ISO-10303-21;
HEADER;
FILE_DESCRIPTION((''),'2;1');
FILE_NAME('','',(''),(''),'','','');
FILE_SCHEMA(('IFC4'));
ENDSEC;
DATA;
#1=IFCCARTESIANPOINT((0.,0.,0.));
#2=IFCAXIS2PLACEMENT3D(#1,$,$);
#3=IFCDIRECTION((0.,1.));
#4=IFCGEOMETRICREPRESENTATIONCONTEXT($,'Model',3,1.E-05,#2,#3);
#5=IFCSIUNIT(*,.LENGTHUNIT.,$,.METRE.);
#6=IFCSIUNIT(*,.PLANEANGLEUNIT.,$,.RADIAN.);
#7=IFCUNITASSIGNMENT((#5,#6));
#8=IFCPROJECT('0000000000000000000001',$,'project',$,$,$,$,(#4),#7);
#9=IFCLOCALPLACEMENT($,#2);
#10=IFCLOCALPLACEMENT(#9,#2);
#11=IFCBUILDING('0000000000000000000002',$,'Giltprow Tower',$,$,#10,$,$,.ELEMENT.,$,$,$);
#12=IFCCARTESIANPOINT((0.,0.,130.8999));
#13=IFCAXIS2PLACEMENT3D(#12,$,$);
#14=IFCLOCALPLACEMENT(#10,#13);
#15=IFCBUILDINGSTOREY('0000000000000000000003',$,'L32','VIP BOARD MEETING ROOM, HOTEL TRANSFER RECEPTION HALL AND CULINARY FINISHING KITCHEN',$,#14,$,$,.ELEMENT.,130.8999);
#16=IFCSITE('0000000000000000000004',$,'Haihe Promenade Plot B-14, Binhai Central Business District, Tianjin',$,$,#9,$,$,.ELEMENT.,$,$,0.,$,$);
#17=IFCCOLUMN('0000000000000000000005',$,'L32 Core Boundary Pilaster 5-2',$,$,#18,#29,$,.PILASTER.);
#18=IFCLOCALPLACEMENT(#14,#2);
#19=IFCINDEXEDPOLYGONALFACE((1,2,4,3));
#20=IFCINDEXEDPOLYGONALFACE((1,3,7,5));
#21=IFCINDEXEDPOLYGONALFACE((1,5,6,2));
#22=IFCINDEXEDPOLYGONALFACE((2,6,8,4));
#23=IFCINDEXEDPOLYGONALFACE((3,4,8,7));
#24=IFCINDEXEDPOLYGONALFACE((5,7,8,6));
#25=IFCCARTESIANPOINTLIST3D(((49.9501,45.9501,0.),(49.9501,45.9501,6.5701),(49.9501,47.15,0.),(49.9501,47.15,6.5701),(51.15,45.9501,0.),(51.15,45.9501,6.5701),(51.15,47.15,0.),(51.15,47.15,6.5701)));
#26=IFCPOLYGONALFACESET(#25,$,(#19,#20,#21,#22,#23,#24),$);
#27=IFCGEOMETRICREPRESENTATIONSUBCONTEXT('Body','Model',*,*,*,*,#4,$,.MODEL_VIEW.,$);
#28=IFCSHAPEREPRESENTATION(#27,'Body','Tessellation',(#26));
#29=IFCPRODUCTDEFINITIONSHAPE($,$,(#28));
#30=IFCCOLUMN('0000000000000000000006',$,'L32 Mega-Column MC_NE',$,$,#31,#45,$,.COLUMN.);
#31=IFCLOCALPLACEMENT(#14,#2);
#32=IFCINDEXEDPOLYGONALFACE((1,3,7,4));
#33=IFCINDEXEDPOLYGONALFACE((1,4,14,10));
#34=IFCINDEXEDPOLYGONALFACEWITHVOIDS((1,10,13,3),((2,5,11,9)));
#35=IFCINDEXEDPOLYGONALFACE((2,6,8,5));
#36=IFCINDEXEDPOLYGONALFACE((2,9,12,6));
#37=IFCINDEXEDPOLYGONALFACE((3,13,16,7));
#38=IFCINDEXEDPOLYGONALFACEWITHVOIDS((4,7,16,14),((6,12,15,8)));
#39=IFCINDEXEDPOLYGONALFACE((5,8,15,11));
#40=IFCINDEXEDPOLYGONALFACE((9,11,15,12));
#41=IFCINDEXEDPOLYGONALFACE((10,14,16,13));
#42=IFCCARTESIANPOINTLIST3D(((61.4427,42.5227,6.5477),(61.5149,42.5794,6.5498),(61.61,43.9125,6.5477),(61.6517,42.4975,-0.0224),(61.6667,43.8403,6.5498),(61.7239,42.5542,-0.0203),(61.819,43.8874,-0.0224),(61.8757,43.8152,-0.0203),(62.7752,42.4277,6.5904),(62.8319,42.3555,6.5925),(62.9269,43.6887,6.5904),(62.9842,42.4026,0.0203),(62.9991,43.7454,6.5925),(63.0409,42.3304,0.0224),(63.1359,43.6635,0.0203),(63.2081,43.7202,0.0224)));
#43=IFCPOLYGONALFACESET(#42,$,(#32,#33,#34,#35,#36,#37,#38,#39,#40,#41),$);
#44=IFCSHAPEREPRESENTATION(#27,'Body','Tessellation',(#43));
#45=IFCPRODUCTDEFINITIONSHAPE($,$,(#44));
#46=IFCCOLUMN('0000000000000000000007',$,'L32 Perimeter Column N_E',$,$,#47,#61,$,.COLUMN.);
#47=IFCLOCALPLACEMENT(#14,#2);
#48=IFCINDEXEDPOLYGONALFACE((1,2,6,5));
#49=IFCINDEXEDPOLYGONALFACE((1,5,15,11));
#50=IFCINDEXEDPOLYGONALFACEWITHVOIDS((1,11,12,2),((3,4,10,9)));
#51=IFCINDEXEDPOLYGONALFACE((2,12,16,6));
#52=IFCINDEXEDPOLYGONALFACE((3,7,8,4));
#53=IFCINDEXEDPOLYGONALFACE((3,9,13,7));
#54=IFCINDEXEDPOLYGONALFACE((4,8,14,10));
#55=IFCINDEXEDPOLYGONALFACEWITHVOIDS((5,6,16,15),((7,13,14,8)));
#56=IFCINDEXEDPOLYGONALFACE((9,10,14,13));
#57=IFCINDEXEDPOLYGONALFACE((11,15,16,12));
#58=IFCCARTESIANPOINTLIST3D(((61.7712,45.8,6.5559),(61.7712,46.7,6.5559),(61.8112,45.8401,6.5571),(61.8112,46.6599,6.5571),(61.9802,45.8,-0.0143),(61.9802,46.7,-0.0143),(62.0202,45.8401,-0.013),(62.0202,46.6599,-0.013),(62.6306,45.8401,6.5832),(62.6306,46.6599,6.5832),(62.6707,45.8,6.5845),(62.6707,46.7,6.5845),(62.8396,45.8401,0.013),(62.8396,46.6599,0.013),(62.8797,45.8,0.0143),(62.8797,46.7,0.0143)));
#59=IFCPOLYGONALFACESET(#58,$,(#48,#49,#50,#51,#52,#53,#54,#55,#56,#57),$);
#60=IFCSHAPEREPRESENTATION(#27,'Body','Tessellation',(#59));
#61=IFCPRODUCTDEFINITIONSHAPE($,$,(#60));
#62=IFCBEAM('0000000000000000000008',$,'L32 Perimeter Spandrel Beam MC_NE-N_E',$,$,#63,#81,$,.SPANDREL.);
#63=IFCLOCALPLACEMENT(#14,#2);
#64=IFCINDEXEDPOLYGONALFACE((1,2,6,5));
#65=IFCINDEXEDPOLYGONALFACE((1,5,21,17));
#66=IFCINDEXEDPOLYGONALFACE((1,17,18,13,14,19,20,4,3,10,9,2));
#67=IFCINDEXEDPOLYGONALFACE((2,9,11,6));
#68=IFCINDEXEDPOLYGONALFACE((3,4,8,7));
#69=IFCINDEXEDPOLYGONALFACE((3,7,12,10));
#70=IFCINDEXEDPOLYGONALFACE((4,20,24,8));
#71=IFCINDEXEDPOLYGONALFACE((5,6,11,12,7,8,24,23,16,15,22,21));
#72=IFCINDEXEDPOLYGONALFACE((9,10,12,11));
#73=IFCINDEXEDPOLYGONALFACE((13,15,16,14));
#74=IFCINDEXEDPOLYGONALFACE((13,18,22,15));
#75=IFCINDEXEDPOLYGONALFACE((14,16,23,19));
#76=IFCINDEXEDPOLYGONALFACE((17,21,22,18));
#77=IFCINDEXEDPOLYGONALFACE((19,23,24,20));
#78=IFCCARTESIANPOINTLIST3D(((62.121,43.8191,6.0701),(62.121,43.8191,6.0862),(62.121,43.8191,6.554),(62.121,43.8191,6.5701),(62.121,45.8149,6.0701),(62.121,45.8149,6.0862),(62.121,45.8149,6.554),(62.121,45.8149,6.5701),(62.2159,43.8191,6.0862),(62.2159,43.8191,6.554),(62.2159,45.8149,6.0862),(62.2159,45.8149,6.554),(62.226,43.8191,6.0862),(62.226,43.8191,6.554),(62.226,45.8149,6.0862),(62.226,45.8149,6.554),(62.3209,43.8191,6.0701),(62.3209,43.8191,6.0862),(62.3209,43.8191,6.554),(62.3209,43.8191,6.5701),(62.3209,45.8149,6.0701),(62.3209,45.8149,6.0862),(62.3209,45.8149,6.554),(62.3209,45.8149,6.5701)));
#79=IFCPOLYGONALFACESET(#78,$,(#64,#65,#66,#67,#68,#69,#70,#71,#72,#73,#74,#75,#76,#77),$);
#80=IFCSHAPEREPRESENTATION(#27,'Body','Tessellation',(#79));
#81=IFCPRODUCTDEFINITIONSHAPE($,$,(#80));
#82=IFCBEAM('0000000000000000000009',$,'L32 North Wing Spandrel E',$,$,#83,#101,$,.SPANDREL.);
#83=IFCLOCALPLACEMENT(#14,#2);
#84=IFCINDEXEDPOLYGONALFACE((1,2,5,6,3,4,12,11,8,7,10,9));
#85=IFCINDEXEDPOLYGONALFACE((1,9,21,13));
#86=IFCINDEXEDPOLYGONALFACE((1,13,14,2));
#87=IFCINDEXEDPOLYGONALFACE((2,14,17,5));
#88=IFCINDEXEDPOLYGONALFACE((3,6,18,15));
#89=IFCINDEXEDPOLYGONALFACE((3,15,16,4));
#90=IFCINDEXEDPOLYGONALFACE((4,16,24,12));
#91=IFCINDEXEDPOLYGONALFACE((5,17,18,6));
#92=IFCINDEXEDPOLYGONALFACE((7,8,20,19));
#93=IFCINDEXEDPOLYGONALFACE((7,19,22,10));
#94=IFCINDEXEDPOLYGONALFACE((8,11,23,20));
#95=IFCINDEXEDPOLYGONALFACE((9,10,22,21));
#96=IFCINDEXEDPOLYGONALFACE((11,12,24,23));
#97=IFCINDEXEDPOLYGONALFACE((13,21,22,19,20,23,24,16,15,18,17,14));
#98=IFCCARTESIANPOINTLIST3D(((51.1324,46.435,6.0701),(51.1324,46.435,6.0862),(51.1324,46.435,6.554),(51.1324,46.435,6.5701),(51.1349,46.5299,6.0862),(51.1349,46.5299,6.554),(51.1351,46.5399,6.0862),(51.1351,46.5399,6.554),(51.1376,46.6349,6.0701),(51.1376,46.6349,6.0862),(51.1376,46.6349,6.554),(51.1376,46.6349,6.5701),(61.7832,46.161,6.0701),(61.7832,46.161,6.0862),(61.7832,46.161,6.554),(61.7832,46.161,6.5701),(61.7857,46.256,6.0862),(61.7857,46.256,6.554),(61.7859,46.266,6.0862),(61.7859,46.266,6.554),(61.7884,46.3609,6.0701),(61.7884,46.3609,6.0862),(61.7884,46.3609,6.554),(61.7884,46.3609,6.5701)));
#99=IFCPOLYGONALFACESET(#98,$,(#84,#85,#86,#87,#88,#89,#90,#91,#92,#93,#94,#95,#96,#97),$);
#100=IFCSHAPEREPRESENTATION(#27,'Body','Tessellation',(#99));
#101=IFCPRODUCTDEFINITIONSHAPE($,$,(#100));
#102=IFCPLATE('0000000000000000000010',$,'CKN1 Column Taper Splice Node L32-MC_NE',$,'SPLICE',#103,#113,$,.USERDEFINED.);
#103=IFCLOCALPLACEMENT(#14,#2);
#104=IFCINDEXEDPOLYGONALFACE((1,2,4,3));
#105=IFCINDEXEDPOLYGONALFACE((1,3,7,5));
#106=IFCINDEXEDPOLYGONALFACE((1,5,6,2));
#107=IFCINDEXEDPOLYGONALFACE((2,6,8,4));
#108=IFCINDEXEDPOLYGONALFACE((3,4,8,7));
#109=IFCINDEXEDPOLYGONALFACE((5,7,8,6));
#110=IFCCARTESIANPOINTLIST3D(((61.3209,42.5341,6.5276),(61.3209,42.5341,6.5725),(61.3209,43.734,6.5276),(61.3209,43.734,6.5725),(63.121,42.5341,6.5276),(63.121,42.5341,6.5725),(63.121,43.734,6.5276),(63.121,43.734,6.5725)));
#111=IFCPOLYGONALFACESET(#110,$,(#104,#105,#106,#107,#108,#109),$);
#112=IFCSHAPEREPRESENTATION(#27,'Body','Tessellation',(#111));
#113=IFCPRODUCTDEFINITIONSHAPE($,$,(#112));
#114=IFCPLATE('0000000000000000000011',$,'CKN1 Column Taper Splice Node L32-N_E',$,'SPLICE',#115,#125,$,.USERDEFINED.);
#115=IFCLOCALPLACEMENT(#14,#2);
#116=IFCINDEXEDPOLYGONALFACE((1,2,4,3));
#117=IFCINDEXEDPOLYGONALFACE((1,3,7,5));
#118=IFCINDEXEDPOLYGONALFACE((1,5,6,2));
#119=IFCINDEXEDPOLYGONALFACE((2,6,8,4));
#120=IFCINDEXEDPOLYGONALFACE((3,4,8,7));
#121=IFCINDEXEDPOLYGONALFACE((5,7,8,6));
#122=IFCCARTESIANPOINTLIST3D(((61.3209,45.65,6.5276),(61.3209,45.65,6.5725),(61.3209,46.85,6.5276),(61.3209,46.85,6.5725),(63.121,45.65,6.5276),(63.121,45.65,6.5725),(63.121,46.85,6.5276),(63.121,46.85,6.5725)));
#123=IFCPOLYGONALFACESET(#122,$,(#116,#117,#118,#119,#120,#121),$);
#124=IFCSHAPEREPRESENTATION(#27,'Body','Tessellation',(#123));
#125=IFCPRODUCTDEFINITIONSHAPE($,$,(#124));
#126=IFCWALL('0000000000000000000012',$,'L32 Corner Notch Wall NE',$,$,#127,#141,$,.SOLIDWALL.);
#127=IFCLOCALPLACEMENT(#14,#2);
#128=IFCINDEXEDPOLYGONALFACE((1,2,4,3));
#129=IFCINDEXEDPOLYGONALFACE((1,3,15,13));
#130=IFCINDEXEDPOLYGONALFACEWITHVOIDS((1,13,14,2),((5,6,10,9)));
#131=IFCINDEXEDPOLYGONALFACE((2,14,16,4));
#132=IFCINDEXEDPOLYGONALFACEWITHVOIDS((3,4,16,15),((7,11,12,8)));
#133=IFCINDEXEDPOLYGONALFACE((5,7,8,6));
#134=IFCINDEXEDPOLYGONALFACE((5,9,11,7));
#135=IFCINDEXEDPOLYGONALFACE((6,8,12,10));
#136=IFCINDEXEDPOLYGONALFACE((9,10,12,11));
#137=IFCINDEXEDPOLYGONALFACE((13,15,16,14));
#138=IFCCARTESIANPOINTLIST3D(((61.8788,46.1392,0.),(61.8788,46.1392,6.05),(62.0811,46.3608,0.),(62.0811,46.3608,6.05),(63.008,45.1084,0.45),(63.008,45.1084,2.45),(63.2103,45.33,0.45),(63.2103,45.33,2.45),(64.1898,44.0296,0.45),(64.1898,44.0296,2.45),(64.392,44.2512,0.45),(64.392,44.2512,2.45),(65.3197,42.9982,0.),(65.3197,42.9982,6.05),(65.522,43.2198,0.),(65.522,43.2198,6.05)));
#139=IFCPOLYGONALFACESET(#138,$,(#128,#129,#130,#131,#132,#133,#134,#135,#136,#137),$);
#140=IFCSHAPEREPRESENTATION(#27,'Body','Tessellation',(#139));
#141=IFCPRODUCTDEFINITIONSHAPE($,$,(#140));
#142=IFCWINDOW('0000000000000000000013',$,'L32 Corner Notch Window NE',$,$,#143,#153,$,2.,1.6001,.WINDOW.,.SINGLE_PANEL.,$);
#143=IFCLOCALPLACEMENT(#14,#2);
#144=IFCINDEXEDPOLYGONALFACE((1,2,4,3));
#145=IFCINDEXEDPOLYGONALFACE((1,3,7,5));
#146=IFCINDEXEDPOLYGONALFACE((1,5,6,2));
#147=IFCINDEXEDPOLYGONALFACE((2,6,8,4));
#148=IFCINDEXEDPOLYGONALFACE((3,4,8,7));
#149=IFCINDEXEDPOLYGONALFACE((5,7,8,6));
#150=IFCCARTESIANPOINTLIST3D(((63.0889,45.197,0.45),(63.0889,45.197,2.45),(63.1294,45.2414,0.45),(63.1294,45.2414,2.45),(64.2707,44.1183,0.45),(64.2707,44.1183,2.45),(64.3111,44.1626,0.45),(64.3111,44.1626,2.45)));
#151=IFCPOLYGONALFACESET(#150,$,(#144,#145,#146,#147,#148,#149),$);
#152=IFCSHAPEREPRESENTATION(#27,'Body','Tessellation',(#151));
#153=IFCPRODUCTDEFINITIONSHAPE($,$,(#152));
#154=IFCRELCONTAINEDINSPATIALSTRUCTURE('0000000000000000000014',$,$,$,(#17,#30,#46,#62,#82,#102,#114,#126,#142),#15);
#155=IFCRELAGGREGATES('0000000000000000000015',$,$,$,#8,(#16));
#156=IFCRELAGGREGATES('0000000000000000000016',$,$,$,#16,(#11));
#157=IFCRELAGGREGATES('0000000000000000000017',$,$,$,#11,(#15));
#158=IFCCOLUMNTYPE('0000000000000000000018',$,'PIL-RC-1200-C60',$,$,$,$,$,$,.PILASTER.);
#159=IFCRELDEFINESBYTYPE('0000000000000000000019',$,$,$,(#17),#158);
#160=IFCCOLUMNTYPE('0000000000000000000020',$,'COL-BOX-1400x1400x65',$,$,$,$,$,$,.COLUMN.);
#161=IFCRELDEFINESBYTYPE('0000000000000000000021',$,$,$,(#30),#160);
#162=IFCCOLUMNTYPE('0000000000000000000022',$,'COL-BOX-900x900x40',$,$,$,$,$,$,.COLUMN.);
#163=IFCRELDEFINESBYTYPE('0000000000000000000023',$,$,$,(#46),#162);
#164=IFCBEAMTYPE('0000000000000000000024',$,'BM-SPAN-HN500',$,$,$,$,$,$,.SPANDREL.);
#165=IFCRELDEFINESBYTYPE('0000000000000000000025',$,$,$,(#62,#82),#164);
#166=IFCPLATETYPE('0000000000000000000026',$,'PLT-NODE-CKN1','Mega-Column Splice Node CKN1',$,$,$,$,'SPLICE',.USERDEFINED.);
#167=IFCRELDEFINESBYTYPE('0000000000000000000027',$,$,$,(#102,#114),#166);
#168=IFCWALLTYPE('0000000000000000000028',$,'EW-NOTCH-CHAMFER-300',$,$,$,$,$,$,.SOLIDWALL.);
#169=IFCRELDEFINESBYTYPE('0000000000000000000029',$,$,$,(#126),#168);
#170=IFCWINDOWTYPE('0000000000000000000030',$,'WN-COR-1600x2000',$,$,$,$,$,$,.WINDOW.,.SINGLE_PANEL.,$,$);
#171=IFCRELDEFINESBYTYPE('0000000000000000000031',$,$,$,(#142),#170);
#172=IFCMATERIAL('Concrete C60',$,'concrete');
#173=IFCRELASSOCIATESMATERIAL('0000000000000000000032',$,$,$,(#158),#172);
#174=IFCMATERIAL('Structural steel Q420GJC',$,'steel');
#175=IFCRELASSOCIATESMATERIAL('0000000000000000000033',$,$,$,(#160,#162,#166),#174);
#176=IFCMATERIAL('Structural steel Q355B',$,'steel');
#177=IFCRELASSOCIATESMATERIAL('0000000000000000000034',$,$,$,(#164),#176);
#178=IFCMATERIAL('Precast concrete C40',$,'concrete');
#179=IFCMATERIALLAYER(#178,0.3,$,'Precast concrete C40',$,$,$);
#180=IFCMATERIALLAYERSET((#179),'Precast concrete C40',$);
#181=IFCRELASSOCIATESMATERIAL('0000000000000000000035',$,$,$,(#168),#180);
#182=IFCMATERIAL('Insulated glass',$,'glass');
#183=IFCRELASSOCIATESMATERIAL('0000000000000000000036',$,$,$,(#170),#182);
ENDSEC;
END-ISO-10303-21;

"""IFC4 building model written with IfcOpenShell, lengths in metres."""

from ifc_helpers import new_model, si_unit, direction, frame, frame_2d, origin, origin_2d, place, context, subcontext, project, spatial, rectangle, hollow_rectangle, i_section, extrude, source, transform, mapped, material, layer, layer_set, material_profile, profile_set, type_object, element, fill, save


model = new_model("IFC4")

# Units and contexts
model_context = context("Model", 3, precision=1e-05, world=origin(), true_north=direction((0.0, 1.0)))
body_context = subcontext(model_context, "Body", "Model", "MODEL_VIEW")
ifc_project = project(units=[si_unit("LENGTHUNIT", "METRE"), si_unit("PLANEANGLEUNIT", "RADIAN")], contexts=[model_context])

# Site, building, storey
site_placement = place(None, origin())
site = spatial("IfcSite", under=ifc_project, at=site_placement, Name="Haihe Promenade Plot B-14, Binhai Central Business District, Tianjin", CompositionType="ELEMENT", RefElevation=0.0)
building_placement = place(site_placement, origin())
building = spatial("IfcBuilding", under=site, at=building_placement, Name="Giltprow Tower", CompositionType="ELEMENT")
storey_placement = place(building_placement, frame((0.0, 0.0, 130.8999)))
storey = spatial("IfcBuildingStorey", under=building, at=storey_placement, Name="L32", Description="VIP BOARD MEETING ROOM, HOTEL TRANSFER RECEPTION HALL AND CULINARY FINISHING KITCHEN", CompositionType="ELEMENT", Elevation=130.8999)

# Columns
ifc_material_1 = material(Name="Concrete C60", Category="concrete")
ifc_material_profile_1 = material_profile(ifc_material_1, rectangle(XDim=1.2, YDim=1.2, at=origin_2d()), Name="RC 1200x1200")
ifc_profile_set_1 = profile_set([ifc_material_profile_1], Name="Concrete C60")
column_type_1 = type_object("IfcColumnType", Name="PIL-RC-1200-C60", PredefinedType="PILASTER", material=ifc_profile_set_1)
shared_shape_1 = source(origin(), body_context, "Body", "SweptSolid", [
    extrude(rectangle(XDim=1.2, YDim=1.2, at=origin_2d()), origin(), (0.0, 0.0, 1.0), 6.5701),
])
column_1_placement = place(storey_placement, frame((50.55, 46.55, 0.0), z_axis=(0.0, 0.0, 1.0), x_axis=(1.0, 0.0, 0.0)))
element("IfcColumn", 1, at=column_1_placement, inside=storey, type_object=column_type_1, Name="L32 Core Boundary Pilaster 5-2", PredefinedType="PILASTER", context=body_context, shape_type="MappedRepresentation", body=[
    mapped(shared_shape_1, transform((0.0, 0.0, 0.0), x_axis=(1.0, 0.0, 0.0), y_axis=(0.0, 1.0, 0.0), z_axis=(0.0, 0.0, 1.0), scale=1.0)),
])
ifc_material_2 = material(Name="Structural steel Q420GJC", Category="steel")
ifc_material_profile_2 = material_profile(ifc_material_2, hollow_rectangle(XDim=1.3999, YDim=1.3999, WallThickness=0.0649, at=origin_2d()), Name="BOX 1400x1400x65")
ifc_profile_set_2 = profile_set([ifc_material_profile_2], Name="Structural steel Q420GJC")
column_type_2 = type_object("IfcColumnType", Name="COL-BOX-1400x1400x65", PredefinedType="COLUMN", material=ifc_profile_set_2)
shared_shape_2 = source(origin(), body_context, "Body", "SweptSolid", [
    extrude(hollow_rectangle(XDim=1.3999, YDim=1.3999, WallThickness=0.0649, at=origin_2d()), origin(), (0.0, 0.0, 1.0), 6.5735),
])
column_2_placement = place(storey_placement, frame((62.4299, 43.1089, 0.0), z_axis=(-0.031792, 0.003825, 0.999487), x_axis=(-0.119465, -0.992838, 0.0)))
element("IfcColumn", 2, at=column_2_placement, inside=storey, type_object=column_type_2, Name="L32 Mega-Column MC_NE", PredefinedType="COLUMN", context=body_context, shape_type="MappedRepresentation", body=[
    mapped(shared_shape_2, transform((0.0, 0.0, 0.0), x_axis=(1.0, 0.0, 0.0), y_axis=(0.0, 1.0, 0.0), z_axis=(0.0, 0.0, 1.0), scale=1.0)),
])
ifc_material_profile_3 = material_profile(ifc_material_2, hollow_rectangle(XDim=0.8999, YDim=0.8999, WallThickness=0.04, at=origin_2d()), Name="BOX 900x900x40")
ifc_profile_set_3 = profile_set([ifc_material_profile_3], Name="Structural steel Q420GJC")
column_type_3 = type_object("IfcColumnType", Name="COL-BOX-900x900x40", PredefinedType="COLUMN", material=ifc_profile_set_3)
shared_shape_3 = source(origin(), body_context, "Body", "SweptSolid", [
    extrude(hollow_rectangle(XDim=0.8999, YDim=0.8999, WallThickness=0.04, at=origin_2d()), origin(), (0.0, 0.0, 1.0), 6.5735),
])
column_3_placement = place(storey_placement, frame((62.4299, 46.25, 0.0), z_axis=(-0.031792, 0.0, 0.999494), x_axis=(0.0, -1.0, 0.0)))
element("IfcColumn", 3, at=column_3_placement, inside=storey, type_object=column_type_3, Name="L32 Perimeter Column N_E", PredefinedType="COLUMN", context=body_context, shape_type="MappedRepresentation", body=[
    mapped(shared_shape_3, transform((0.0, 0.0, 0.0), x_axis=(1.0, 0.0, 0.0), y_axis=(0.0, 1.0, 0.0), z_axis=(0.0, 0.0, 1.0), scale=1.0)),
])

# Beams
ifc_material_3 = material(Name="Structural steel Q355B", Category="steel")
ifc_material_profile_4 = material_profile(ifc_material_3, i_section(OverallWidth=0.2, OverallDepth=0.5, WebThickness=0.01, FlangeThickness=0.0161, at=origin_2d()), Name="HN 500x200x10x16")
ifc_profile_set_4 = profile_set([ifc_material_profile_4], Name="Structural steel Q355B")
beam_type = type_object("IfcBeamType", Name="BM-SPAN-HN500", PredefinedType="SPANDREL", material=ifc_profile_set_4)
shared_shape_4 = source(origin(), body_context, "Body", "SweptSolid", [
    extrude(i_section(OverallWidth=0.2, OverallDepth=0.5, WebThickness=0.01, FlangeThickness=0.0161, at=origin_2d()), origin(), (0.0, 0.0, 1.0), 1.9958),
])
beam_1_placement = place(storey_placement, frame((62.2209, 43.8191, 6.3201), z_axis=(0.0, 1.0, 0.0), x_axis=(-1.0, 0.0, 0.0)))
element("IfcBeam", 4, at=beam_1_placement, inside=storey, type_object=beam_type, Name="L32 Perimeter Spandrel Beam MC_NE-N_E", PredefinedType="SPANDREL", context=body_context, shape_type="MappedRepresentation", body=[
    mapped(shared_shape_4, transform((0.0, 0.0, 0.0), x_axis=(1.0, 0.0, 0.0), y_axis=(0.0, 1.0, 0.0), z_axis=(0.0, 0.0, 1.0), scale=1.0)),
])
shared_shape_5 = source(origin(), body_context, "Body", "SweptSolid", [
    extrude(i_section(OverallWidth=0.2, OverallDepth=0.5, WebThickness=0.01, FlangeThickness=0.0161, at=origin_2d()), origin(), (0.0, 0.0, 1.0), 10.6543),
])
beam_2_placement = place(storey_placement, frame((51.135, 46.5349, 6.3201), z_axis=(0.999669, -0.02571, 0.0), x_axis=(0.02571, 0.999669, 0.0)))
element("IfcBeam", 5, at=beam_2_placement, inside=storey, type_object=beam_type, Name="L32 North Wing Spandrel E", PredefinedType="SPANDREL", context=body_context, shape_type="MappedRepresentation", body=[
    mapped(shared_shape_5, transform((0.0, 0.0, 0.0), x_axis=(1.0, 0.0, 0.0), y_axis=(0.0, 1.0, 0.0), z_axis=(0.0, 0.0, 1.0), scale=1.0)),
])

# Plates
plate_type = type_object("IfcPlateType", Name="PLT-NODE-CKN1", Description="Mega-Column Splice Node CKN1", ElementType="SPLICE", PredefinedType="USERDEFINED", material=ifc_material_2)
shared_shape_6 = source(origin(), body_context, "Body", "SweptSolid", [
    extrude(rectangle(XDim=1.8, YDim=1.2, at=origin_2d()), origin(), (0.0, 0.0, 1.0), 0.0449),
])
for number, where, z_axis, x_axis, name in (
    (6, (62.2209, 43.134, 6.5276), (0.0, 0.0, 1.0), (1.0, 0.0, 0.0), "CKN1 Column Taper Splice Node L32-MC_NE"),
    (7, (62.2209, 46.25, 6.5276), (0.0, 0.0, 1.0), (1.0, 0.0, 0.0), "CKN1 Column Taper Splice Node L32-N_E"),
):
    element("IfcPlate", number, at=place(storey_placement, frame(where, z_axis=z_axis, x_axis=x_axis)), inside=storey, type_object=plate_type, Name=name, ObjectType="SPLICE", PredefinedType="USERDEFINED", context=body_context, shape_type="MappedRepresentation", body=[
        mapped(shared_shape_6, transform((0.0, 0.0, 0.0), x_axis=(1.0, 0.0, 0.0), y_axis=(0.0, 1.0, 0.0), z_axis=(0.0, 0.0, 1.0), scale=1.0)),
    ])

# Wall, opening, window
ifc_material_4 = material(Name="Precast concrete C40", Category="concrete")
ifc_layer_1 = layer(ifc_material_4, 0.3, Name="Precast concrete C40")
ifc_layer_set_1 = layer_set([ifc_layer_1], Name="Precast concrete C40")
wall_type_1 = type_object("IfcWallType", Name="EW-NOTCH-CHAMFER-300", PredefinedType="SOLIDWALL", material=ifc_layer_set_1)
wall_1_placement = place(storey_placement, frame((65.4209, 43.1089, 0.0), z_axis=(0.0, 0.0, 1.0), x_axis=(-0.738549, 0.6742, 0.0)))
wall_1 = element("IfcWall", 8, at=wall_1_placement, inside=storey, type_object=wall_type_1, Name="L32 Corner Notch Wall NE", PredefinedType="SOLIDWALL", context=body_context, shape_type="SweptSolid", body=[
    extrude(rectangle(XDim=4.6589, YDim=0.3, at=frame_2d((2.3296, 0.0))), origin(), (0.0, 0.0, 1.0), 6.05),
])
opening_1_placement = place(wall_1_placement, frame((1.53, 0.0, 0.45)))
opening_1 = element("IfcOpeningElement", 9, at=opening_1_placement, cuts=wall_1, PredefinedType="OPENING", context=body_context, shape_type="SweptSolid", body=[
    extrude(rectangle(XDim=1.6001, YDim=2.0, at=frame_2d((0.8, 1.0))), frame((0.0, 0.1599, 0.0), z_axis=(0.0, -1.0, 0.0), x_axis=(1.0, 0.0, 0.0)), (0.0, 0.0, 1.0), 0.3201),
])
ifc_material_5 = material(Name="Insulated glass", Category="glass")
window_type = type_object("IfcWindowType", Name="WN-COR-1600x2000", PartitioningType="SINGLE_PANEL", PredefinedType="WINDOW", material=ifc_material_5)
shared_shape_7 = source(origin(), body_context, "Body", "SweptSolid", [
    extrude(rectangle(XDim=1.6001, YDim=2.0, at=frame_2d((0.8, 1.0))), frame((0.0, 0.03, 0.0), z_axis=(0.0, -1.0, 0.0), x_axis=(1.0, 0.0, 0.0)), (0.0, 0.0, 1.0), 0.0601),
])
window_1_placement = place(opening_1_placement, origin())
window_1 = element("IfcWindow", 10, at=window_1_placement, inside=storey, type_object=window_type, Name="L32 Corner Notch Window NE", OverallHeight=2.0, OverallWidth=1.6001, PartitioningType="SINGLE_PANEL", PredefinedType="WINDOW", context=body_context, shape_type="MappedRepresentation", body=[
    mapped(shared_shape_7, transform((0.0, 0.0, 0.0), x_axis=(1.0, 0.0, 0.0), y_axis=(0.0, 1.0, 0.0), z_axis=(0.0, 0.0, 1.0), scale=1.0)),
])
fill(opening_1, window_1)

save(model, "model.ifc")
